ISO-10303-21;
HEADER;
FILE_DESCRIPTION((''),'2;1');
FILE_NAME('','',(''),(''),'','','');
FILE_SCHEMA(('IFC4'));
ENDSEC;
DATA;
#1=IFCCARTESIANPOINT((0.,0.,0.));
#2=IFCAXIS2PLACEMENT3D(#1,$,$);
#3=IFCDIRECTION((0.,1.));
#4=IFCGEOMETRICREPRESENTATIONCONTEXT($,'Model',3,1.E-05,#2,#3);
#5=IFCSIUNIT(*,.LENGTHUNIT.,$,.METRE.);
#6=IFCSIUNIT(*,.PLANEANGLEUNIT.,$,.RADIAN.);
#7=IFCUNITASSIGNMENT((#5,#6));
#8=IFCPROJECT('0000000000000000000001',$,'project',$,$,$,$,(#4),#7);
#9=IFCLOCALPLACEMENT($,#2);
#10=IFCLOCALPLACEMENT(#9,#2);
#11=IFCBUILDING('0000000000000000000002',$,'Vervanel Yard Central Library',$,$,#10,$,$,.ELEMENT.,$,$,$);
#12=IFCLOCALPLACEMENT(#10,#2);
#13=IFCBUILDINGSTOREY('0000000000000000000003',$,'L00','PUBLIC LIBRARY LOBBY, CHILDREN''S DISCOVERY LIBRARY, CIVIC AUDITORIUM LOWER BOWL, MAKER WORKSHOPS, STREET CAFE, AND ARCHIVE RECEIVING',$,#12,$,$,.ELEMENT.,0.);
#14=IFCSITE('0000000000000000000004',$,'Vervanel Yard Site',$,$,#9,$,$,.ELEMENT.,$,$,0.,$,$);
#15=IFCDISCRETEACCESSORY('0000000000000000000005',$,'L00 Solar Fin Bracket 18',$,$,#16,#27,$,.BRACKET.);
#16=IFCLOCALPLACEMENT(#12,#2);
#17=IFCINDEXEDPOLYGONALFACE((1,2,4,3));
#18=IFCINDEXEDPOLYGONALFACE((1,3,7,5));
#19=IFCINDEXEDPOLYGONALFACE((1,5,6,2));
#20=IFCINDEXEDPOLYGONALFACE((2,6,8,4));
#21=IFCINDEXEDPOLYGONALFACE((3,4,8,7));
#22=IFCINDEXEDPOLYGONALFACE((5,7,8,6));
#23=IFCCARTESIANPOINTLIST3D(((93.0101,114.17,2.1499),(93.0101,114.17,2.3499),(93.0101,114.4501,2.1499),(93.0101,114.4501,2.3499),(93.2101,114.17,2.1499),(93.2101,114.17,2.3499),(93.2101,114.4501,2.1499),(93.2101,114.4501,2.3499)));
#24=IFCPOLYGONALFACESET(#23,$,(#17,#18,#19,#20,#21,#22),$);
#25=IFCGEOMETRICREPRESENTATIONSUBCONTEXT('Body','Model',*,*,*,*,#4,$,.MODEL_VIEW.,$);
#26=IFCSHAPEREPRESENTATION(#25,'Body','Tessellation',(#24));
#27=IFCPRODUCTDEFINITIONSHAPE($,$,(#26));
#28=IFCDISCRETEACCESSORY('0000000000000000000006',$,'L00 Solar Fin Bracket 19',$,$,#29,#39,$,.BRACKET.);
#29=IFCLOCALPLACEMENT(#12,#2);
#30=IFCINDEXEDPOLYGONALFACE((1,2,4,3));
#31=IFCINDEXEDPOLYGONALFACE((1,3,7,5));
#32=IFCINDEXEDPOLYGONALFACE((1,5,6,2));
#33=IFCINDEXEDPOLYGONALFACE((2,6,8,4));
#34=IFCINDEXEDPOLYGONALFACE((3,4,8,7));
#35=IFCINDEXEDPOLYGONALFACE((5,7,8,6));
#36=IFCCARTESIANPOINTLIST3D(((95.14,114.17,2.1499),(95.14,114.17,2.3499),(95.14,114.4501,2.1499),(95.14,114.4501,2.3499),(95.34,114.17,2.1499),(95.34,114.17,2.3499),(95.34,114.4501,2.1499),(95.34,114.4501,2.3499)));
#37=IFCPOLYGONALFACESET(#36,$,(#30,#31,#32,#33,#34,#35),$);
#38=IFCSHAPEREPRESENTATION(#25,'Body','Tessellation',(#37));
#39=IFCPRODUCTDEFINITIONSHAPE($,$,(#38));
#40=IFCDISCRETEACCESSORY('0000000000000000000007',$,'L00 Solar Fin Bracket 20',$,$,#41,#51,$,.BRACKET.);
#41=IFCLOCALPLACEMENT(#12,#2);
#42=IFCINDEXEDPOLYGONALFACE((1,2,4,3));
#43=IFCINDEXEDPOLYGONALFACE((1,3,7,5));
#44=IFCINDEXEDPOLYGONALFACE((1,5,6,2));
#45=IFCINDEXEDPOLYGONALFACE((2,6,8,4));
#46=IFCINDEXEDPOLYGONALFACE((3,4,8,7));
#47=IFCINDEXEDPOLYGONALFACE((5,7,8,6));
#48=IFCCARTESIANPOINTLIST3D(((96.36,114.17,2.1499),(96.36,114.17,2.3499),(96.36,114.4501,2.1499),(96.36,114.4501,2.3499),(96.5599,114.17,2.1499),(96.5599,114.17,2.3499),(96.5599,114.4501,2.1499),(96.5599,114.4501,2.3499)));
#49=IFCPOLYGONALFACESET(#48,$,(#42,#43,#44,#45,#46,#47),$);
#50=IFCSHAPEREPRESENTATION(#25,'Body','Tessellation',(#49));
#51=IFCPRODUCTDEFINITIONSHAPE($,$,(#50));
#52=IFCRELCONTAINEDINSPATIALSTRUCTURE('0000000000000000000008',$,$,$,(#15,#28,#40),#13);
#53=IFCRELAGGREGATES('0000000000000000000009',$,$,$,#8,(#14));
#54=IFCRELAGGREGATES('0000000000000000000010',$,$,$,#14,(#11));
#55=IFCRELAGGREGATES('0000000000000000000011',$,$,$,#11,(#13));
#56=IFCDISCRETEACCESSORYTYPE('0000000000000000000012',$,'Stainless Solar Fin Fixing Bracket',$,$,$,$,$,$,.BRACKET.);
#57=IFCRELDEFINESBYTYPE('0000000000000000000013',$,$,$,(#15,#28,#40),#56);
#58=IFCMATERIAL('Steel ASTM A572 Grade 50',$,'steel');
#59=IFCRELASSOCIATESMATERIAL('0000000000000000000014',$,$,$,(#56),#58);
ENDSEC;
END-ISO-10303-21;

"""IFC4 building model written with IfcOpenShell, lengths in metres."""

from ifc_helpers import new_model, si_unit, direction, frame, origin, origin_2d, place, context, subcontext, project, spatial, rectangle, extrude, material, type_object, element, save


model = new_model("IFC4")

# Units and contexts
model_context = context("Model", 3, precision=1e-05, world=origin(), true_north=direction((0.0, 1.0)))
body_context = subcontext(model_context, "Body", "Model", "MODEL_VIEW")
ifc_project = project(units=[si_unit("LENGTHUNIT", "METRE"), si_unit("PLANEANGLEUNIT", "RADIAN")], contexts=[model_context])

# Site, building, storey
site_placement = place(None, origin())
site = spatial("IfcSite", under=ifc_project, at=site_placement, Name="Vervanel Yard Site", CompositionType="ELEMENT", RefElevation=0.0)
building_placement = place(site_placement, origin())
building = spatial("IfcBuilding", under=site, at=building_placement, Name="Vervanel Yard Central Library", CompositionType="ELEMENT")
storey_placement = place(building_placement, origin())
storey = spatial("IfcBuildingStorey", under=building, at=storey_placement, Name="L00", Description="PUBLIC LIBRARY LOBBY, CHILDREN'S DISCOVERY LIBRARY, CIVIC AUDITORIUM LOWER BOWL, MAKER WORKSHOPS, STREET CAFE, AND ARCHIVE RECEIVING", CompositionType="ELEMENT", Elevation=0.0)

# Discrete accessories
ifc_material_1 = material(Name="Steel ASTM A572 Grade 50", Category="steel")
discrete_accessory_type = type_object("IfcDiscreteAccessoryType", Name="Stainless Solar Fin Fixing Bracket", PredefinedType="BRACKET", material=ifc_material_1)
for number, where, z_axis, x_axis, name in (
    (1, (93.1101, 114.3101, 2.1499), (0.0, 0.0, 1.0), (1.0, 0.0, 0.0), "L00 Solar Fin Bracket 18"),
    (2, (95.24, 114.3101, 2.1499), (0.0, 0.0, 1.0), (1.0, 0.0, 0.0), "L00 Solar Fin Bracket 19"),
    (3, (96.46, 114.3101, 2.1499), (0.0, 0.0, 1.0), (1.0, 0.0, 0.0), "L00 Solar Fin Bracket 20"),
):
    element("IfcDiscreteAccessory", number, at=place(storey_placement, frame(where, z_axis=z_axis, x_axis=x_axis)), inside=storey, type_object=discrete_accessory_type, Name=name, PredefinedType="BRACKET", context=body_context, shape_type="SweptSolid", body=[
        extrude(rectangle(XDim=0.2, YDim=0.28, at=origin_2d()), origin(), (0.0, 0.0, 1.0), 0.2),
    ])

save(model, "model.ifc")
